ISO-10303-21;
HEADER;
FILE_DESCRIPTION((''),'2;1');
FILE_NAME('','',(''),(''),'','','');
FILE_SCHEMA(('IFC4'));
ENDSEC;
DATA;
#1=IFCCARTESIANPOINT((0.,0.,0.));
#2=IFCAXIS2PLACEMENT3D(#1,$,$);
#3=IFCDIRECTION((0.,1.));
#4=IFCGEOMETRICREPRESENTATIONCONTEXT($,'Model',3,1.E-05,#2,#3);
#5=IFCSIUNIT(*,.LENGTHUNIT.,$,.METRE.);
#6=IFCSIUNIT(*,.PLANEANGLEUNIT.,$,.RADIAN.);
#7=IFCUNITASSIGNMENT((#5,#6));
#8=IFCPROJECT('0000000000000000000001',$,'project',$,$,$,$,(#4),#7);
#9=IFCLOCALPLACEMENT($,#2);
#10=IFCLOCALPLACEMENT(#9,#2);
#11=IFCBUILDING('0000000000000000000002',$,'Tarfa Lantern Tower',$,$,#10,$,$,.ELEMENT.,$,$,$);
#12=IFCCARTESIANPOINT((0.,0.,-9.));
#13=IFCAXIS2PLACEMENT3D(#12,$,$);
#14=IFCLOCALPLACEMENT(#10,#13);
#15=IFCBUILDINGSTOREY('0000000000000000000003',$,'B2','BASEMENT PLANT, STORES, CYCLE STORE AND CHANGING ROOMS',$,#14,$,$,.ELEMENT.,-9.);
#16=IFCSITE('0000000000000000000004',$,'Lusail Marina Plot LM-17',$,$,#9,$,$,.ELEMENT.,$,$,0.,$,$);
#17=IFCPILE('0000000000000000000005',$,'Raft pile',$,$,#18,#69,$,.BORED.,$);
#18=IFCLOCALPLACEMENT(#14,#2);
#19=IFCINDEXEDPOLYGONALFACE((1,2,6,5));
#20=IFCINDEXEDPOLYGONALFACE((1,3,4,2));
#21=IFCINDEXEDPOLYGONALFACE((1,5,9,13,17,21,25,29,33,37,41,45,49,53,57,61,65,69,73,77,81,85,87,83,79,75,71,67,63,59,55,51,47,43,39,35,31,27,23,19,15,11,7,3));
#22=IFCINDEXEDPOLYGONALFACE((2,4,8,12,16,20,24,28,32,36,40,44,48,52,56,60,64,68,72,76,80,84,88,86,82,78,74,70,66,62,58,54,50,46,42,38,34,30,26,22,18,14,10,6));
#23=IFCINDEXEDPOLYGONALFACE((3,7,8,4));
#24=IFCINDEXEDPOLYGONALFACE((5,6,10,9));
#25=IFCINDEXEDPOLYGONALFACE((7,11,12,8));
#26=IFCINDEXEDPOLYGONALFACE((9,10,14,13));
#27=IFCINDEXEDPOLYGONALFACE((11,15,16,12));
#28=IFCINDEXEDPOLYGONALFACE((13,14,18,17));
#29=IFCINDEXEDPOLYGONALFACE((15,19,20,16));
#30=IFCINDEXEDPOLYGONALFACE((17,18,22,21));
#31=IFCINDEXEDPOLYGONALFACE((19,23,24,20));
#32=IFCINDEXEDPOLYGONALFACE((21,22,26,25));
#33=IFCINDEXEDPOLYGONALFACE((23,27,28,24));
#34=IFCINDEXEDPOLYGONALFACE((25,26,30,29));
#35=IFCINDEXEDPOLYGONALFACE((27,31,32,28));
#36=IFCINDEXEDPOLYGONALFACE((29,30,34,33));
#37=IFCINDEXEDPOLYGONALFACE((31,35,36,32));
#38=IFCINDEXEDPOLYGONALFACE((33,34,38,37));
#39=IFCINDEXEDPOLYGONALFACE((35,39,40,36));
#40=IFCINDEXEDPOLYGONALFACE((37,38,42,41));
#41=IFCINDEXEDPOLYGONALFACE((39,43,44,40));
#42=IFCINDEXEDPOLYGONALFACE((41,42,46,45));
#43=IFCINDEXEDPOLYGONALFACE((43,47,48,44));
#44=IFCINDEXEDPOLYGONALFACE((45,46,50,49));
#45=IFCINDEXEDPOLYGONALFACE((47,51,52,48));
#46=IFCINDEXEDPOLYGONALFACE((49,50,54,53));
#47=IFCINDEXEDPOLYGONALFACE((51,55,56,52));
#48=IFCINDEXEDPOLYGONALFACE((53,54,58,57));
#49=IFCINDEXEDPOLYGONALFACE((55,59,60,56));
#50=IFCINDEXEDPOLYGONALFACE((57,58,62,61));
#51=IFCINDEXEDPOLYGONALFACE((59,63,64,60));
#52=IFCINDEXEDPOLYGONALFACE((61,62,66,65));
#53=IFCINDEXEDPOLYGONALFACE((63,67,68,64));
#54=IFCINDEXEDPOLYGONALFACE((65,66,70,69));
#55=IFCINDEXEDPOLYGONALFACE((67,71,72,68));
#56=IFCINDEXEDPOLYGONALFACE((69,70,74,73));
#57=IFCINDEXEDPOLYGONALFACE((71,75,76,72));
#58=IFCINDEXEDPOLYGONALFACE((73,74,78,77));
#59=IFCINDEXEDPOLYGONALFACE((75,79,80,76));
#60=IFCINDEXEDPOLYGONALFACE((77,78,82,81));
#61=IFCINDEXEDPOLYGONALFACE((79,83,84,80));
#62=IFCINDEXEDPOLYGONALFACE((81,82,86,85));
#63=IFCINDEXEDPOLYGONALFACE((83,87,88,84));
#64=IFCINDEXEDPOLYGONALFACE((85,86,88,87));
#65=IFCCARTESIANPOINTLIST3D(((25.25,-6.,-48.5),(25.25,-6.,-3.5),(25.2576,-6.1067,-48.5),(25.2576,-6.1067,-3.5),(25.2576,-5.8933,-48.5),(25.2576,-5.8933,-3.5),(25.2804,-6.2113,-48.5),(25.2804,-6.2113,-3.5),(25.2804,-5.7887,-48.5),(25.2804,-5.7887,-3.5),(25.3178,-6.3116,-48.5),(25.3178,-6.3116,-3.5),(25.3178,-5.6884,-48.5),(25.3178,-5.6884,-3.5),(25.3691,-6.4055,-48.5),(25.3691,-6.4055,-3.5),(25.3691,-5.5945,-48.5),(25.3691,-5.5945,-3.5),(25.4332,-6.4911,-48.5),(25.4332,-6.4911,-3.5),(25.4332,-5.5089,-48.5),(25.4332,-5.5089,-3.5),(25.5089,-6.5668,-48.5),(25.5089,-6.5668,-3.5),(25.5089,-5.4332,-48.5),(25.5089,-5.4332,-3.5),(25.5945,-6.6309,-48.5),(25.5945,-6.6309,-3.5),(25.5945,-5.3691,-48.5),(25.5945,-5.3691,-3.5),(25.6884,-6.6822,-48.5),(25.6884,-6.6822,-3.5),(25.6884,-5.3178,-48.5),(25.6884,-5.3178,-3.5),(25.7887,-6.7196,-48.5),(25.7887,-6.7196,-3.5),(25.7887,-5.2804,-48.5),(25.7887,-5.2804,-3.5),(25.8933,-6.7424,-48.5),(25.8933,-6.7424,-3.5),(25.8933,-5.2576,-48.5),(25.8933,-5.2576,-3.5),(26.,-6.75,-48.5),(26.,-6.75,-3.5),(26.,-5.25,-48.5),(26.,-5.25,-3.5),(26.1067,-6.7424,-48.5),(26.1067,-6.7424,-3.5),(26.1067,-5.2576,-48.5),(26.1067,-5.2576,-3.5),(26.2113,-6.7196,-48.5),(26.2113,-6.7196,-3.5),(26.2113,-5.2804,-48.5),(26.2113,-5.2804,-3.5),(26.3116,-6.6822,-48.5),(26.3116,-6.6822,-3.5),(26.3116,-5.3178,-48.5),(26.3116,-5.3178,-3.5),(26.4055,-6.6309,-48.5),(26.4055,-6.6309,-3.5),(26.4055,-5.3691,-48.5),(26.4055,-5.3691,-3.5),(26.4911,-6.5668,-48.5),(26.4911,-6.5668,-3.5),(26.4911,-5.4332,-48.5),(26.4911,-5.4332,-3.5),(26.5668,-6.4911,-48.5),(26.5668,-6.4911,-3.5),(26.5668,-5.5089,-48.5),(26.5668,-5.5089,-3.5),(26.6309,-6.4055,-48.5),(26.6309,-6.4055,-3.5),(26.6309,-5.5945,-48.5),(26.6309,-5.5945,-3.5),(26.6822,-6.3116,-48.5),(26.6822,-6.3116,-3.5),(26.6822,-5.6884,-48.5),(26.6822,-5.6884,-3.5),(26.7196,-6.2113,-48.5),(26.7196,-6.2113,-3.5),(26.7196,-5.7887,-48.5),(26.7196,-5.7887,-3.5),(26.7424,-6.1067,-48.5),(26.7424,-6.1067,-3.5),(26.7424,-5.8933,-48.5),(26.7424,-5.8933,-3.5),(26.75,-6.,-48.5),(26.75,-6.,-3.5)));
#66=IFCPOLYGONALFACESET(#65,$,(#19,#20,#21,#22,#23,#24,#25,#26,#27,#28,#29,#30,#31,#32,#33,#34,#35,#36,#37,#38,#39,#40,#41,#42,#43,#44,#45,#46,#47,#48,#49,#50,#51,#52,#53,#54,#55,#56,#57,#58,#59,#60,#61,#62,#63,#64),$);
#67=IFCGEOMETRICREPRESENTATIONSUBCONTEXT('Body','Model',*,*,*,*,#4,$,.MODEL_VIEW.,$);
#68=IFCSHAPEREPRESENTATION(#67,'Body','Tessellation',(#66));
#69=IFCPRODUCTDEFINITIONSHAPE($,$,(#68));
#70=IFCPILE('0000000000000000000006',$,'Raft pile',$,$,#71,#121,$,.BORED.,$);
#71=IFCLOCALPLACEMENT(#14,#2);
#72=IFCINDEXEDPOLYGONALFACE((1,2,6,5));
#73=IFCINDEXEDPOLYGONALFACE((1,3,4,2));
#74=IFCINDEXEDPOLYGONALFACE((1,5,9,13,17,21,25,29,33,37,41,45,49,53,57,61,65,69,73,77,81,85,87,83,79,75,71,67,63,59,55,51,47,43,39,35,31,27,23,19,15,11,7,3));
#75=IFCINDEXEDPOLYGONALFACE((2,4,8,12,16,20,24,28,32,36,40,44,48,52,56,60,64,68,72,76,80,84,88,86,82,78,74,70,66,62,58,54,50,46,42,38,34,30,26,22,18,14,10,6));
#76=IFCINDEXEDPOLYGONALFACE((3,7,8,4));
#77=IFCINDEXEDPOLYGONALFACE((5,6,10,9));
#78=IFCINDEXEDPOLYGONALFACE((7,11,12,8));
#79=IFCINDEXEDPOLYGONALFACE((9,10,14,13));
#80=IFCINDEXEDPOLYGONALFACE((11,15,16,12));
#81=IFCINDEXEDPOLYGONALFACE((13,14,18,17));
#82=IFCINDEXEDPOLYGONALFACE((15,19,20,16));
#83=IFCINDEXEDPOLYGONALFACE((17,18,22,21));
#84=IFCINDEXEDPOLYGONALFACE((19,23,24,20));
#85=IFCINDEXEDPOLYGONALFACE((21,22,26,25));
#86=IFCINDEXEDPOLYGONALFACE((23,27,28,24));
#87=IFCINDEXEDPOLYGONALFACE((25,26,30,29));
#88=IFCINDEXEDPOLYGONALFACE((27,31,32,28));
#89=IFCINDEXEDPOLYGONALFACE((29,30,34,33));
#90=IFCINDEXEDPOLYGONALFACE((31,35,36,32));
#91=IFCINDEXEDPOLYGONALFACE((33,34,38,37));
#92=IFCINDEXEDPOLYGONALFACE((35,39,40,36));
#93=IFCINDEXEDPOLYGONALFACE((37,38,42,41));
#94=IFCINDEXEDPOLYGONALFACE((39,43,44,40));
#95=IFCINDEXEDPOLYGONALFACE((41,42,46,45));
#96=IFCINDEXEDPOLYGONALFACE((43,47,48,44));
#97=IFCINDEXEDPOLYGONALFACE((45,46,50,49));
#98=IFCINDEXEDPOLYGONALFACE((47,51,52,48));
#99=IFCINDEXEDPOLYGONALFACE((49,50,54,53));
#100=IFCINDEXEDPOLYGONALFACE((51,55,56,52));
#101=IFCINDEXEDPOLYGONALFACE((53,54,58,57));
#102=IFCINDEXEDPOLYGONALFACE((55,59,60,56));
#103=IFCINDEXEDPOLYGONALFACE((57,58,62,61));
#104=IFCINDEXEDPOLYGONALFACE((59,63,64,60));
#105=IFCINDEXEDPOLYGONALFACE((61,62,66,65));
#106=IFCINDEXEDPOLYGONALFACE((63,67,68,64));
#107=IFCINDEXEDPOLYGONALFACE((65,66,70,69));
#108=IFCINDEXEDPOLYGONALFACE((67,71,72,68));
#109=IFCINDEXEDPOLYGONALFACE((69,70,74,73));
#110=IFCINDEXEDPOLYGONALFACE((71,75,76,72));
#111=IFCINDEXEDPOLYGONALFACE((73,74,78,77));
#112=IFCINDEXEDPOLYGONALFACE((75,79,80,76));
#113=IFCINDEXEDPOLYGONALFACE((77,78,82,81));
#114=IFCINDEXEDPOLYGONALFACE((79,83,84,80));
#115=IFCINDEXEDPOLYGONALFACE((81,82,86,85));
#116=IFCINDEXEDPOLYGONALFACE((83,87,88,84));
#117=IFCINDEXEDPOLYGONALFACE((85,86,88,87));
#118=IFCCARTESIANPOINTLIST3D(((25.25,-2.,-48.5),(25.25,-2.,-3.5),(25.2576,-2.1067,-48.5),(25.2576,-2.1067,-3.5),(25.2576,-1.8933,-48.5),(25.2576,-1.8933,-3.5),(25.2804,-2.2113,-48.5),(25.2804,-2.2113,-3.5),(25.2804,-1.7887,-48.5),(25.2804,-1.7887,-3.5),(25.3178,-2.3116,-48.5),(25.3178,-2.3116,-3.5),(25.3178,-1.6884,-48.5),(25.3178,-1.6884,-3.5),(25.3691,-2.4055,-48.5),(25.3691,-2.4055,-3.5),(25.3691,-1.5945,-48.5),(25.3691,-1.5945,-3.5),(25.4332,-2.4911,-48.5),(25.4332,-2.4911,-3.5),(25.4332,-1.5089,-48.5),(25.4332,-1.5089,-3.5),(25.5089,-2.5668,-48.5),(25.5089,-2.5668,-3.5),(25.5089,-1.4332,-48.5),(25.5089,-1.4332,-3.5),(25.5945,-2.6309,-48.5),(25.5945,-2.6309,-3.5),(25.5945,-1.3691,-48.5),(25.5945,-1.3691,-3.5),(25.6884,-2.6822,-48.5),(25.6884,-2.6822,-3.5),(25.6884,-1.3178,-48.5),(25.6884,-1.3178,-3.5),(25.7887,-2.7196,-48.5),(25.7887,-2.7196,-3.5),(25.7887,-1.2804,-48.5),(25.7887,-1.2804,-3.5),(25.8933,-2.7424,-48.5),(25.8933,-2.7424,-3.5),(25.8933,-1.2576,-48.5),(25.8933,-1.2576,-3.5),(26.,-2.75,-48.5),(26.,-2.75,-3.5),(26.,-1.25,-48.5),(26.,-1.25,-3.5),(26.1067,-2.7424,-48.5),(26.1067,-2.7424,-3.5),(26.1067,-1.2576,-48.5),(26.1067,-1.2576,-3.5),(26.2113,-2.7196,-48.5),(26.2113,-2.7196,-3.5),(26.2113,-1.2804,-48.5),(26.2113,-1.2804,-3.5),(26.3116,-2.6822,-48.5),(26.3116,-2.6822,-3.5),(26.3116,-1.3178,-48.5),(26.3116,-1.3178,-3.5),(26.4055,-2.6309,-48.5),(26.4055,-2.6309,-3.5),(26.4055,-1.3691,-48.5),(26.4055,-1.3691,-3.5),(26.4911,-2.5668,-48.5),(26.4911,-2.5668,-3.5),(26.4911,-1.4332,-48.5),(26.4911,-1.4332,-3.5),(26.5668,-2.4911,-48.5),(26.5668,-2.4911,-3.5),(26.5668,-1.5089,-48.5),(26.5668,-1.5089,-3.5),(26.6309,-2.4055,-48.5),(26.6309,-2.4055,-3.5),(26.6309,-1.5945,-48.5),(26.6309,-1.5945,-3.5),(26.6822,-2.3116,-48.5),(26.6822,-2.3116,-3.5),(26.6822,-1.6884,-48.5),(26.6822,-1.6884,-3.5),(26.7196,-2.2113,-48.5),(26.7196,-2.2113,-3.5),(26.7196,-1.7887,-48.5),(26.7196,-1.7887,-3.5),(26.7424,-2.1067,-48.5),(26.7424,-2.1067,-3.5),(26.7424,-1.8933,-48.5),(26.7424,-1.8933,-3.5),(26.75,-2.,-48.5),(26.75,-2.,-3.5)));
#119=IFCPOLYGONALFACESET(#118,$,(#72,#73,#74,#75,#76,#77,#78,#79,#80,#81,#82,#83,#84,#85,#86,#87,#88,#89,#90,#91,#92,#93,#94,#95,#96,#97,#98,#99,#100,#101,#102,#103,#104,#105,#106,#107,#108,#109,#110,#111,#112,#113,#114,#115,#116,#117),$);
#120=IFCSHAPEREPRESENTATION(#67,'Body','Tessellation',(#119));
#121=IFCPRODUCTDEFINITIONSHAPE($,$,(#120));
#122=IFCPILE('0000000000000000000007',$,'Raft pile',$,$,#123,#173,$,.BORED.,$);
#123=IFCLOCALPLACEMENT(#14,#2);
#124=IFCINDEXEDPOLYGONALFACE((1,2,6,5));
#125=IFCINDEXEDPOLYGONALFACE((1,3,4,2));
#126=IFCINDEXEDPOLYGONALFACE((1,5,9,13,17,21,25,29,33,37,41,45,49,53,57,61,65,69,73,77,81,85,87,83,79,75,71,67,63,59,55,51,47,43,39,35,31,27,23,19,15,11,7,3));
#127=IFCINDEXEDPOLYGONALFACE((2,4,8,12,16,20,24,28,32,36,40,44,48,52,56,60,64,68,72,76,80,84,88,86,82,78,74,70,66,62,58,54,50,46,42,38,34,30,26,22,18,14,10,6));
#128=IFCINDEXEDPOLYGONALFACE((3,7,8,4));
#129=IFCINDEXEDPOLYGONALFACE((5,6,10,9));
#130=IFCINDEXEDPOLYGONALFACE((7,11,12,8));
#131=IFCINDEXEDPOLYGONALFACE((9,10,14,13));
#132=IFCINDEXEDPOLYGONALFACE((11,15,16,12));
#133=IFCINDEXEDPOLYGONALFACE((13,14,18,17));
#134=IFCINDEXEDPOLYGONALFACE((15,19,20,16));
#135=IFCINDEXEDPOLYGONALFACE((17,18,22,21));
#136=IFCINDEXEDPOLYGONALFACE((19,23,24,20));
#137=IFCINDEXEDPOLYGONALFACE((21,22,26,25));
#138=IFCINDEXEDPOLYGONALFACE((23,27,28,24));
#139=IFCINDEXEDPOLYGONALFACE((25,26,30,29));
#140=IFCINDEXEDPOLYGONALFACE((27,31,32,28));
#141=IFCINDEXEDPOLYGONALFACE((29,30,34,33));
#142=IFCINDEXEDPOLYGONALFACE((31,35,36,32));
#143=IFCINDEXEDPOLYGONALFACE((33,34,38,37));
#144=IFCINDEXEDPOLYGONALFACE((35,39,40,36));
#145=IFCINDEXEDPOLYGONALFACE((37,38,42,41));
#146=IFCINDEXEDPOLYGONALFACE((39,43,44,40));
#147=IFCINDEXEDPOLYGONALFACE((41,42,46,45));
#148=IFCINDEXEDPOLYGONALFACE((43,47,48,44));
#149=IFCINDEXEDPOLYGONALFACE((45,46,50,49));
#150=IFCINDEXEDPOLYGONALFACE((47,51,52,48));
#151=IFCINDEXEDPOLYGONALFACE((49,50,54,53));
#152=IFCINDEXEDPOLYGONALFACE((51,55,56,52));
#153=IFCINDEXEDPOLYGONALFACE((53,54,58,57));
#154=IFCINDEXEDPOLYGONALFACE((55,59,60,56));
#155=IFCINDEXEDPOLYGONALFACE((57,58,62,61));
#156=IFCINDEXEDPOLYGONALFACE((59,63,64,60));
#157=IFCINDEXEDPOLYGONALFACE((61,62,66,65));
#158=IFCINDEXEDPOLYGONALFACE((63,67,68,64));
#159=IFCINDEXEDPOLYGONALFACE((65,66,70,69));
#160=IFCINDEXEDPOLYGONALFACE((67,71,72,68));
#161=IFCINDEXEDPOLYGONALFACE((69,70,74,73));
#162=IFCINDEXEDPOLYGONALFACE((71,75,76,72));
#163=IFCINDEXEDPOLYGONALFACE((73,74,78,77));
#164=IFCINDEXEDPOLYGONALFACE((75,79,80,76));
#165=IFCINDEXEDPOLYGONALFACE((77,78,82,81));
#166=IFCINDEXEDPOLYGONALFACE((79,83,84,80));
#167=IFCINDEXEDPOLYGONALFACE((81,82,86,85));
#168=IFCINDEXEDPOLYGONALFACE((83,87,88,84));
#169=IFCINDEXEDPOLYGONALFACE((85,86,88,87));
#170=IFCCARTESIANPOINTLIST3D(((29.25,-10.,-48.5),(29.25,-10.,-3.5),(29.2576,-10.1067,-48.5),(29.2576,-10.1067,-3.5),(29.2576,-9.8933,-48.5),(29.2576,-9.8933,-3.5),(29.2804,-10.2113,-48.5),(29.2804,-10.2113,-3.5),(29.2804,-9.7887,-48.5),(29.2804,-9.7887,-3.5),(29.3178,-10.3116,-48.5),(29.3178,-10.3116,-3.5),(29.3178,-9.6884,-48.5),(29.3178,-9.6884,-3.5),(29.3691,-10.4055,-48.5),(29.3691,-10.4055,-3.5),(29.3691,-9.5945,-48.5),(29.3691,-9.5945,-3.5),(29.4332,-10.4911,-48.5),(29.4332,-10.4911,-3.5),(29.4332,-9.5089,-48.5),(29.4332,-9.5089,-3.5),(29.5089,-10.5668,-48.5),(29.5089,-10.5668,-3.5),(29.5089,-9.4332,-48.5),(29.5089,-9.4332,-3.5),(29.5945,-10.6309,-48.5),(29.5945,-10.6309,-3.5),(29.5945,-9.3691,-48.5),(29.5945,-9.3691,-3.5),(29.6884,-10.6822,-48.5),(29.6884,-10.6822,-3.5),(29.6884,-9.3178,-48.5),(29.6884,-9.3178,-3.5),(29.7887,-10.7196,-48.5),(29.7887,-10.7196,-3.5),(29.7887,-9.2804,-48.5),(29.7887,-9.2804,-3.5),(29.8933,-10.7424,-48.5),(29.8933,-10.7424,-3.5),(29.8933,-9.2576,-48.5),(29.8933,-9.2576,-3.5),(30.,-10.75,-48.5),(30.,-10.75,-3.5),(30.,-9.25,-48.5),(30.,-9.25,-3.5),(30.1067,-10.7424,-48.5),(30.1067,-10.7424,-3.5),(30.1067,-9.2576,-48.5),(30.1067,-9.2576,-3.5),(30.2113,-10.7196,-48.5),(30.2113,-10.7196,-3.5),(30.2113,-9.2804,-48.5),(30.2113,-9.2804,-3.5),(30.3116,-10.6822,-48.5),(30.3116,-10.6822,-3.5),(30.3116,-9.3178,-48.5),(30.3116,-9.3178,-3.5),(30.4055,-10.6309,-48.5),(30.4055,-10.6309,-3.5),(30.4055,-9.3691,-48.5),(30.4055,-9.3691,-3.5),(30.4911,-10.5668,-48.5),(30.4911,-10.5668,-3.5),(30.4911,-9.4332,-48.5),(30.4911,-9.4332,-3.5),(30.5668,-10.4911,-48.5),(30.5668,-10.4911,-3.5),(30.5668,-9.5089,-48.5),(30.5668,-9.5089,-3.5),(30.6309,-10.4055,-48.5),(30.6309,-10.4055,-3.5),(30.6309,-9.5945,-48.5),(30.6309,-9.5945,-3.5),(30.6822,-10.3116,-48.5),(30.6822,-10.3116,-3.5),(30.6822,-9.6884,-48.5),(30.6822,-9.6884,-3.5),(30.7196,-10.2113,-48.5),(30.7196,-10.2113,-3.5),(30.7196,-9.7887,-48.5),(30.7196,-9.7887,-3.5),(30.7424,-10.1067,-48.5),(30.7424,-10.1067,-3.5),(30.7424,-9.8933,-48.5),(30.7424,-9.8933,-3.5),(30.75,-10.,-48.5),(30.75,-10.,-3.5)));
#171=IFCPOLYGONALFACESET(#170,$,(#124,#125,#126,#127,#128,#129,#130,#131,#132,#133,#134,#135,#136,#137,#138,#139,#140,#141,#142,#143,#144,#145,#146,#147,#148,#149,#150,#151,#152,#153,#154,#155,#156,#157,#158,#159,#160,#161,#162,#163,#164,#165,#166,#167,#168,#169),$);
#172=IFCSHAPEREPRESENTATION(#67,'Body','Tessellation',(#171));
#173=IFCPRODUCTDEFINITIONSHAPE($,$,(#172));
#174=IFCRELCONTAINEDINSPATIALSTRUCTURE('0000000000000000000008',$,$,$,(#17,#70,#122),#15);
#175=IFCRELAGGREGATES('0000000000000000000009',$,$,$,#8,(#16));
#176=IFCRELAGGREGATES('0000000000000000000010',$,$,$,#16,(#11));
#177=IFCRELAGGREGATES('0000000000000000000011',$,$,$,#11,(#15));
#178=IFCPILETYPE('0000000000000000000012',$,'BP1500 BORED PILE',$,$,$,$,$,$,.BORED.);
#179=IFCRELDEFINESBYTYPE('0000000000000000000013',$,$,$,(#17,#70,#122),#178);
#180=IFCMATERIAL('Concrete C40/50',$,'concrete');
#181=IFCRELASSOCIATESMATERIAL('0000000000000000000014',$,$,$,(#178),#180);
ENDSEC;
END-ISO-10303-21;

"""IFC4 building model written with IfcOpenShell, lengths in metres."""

from ifc_helpers import new_model, si_unit, direction, frame, origin, origin_2d, place, context, subcontext, project, spatial, circle, extrude, material, material_profile, profile_set, type_object, element, save


model = new_model("IFC4")

# Units and contexts
model_context = context("Model", 3, precision=1e-05, world=origin(), true_north=direction((0.0, 1.0)))
body_context = subcontext(model_context, "Body", "Model", "MODEL_VIEW")
ifc_project = project(units=[si_unit("LENGTHUNIT", "METRE"), si_unit("PLANEANGLEUNIT", "RADIAN")], contexts=[model_context])

# Site, building, storey
site_placement = place(None, origin())
site = spatial("IfcSite", under=ifc_project, at=site_placement, Name="Lusail Marina Plot LM-17", CompositionType="ELEMENT", RefElevation=0.0)
building_placement = place(site_placement, origin())
building = spatial("IfcBuilding", under=site, at=building_placement, Name="Tarfa Lantern Tower", CompositionType="ELEMENT")
storey_placement = place(building_placement, frame((0.0, 0.0, -9.0)))
storey = spatial("IfcBuildingStorey", under=building, at=storey_placement, Name="B2", Description="BASEMENT PLANT, STORES, CYCLE STORE AND CHANGING ROOMS", CompositionType="ELEMENT", Elevation=-9.0)

# Piles
ifc_material_1 = material(Name="Concrete C40/50", Category="concrete")
ifc_material_profile = material_profile(ifc_material_1, circle(Radius=0.75, at=origin_2d()), Name="BORED PILE D1500")
ifc_profile_set = profile_set([ifc_material_profile], Name="Concrete C40/50")
pile_type = type_object("IfcPileType", Name="BP1500 BORED PILE", PredefinedType="BORED", material=ifc_profile_set)
for number, where, z_axis, x_axis, name in (
    (1, (26.0, -6.0, -3.5), (0.0, 0.0, -1.0), (1.0, 0.0, 0.0), "Raft pile"),
    (2, (26.0, -2.0, -3.5), (0.0, 0.0, -1.0), (1.0, 0.0, 0.0), "Raft pile"),
    (3, (30.0, -10.0, -3.5), (0.0, 0.0, -1.0), (1.0, 0.0, 0.0), "Raft pile"),
):
    element("IfcPile", number, at=place(storey_placement, frame(where, z_axis=z_axis, x_axis=x_axis)), inside=storey, type_object=pile_type, Name=name, PredefinedType="BORED", context=body_context, shape_type="SweptSolid", body=[
        extrude(circle(Radius=0.75, at=origin_2d()), origin(), (0.0, 0.0, 1.0), 45.0),
    ])

save(model, "model.ifc")
